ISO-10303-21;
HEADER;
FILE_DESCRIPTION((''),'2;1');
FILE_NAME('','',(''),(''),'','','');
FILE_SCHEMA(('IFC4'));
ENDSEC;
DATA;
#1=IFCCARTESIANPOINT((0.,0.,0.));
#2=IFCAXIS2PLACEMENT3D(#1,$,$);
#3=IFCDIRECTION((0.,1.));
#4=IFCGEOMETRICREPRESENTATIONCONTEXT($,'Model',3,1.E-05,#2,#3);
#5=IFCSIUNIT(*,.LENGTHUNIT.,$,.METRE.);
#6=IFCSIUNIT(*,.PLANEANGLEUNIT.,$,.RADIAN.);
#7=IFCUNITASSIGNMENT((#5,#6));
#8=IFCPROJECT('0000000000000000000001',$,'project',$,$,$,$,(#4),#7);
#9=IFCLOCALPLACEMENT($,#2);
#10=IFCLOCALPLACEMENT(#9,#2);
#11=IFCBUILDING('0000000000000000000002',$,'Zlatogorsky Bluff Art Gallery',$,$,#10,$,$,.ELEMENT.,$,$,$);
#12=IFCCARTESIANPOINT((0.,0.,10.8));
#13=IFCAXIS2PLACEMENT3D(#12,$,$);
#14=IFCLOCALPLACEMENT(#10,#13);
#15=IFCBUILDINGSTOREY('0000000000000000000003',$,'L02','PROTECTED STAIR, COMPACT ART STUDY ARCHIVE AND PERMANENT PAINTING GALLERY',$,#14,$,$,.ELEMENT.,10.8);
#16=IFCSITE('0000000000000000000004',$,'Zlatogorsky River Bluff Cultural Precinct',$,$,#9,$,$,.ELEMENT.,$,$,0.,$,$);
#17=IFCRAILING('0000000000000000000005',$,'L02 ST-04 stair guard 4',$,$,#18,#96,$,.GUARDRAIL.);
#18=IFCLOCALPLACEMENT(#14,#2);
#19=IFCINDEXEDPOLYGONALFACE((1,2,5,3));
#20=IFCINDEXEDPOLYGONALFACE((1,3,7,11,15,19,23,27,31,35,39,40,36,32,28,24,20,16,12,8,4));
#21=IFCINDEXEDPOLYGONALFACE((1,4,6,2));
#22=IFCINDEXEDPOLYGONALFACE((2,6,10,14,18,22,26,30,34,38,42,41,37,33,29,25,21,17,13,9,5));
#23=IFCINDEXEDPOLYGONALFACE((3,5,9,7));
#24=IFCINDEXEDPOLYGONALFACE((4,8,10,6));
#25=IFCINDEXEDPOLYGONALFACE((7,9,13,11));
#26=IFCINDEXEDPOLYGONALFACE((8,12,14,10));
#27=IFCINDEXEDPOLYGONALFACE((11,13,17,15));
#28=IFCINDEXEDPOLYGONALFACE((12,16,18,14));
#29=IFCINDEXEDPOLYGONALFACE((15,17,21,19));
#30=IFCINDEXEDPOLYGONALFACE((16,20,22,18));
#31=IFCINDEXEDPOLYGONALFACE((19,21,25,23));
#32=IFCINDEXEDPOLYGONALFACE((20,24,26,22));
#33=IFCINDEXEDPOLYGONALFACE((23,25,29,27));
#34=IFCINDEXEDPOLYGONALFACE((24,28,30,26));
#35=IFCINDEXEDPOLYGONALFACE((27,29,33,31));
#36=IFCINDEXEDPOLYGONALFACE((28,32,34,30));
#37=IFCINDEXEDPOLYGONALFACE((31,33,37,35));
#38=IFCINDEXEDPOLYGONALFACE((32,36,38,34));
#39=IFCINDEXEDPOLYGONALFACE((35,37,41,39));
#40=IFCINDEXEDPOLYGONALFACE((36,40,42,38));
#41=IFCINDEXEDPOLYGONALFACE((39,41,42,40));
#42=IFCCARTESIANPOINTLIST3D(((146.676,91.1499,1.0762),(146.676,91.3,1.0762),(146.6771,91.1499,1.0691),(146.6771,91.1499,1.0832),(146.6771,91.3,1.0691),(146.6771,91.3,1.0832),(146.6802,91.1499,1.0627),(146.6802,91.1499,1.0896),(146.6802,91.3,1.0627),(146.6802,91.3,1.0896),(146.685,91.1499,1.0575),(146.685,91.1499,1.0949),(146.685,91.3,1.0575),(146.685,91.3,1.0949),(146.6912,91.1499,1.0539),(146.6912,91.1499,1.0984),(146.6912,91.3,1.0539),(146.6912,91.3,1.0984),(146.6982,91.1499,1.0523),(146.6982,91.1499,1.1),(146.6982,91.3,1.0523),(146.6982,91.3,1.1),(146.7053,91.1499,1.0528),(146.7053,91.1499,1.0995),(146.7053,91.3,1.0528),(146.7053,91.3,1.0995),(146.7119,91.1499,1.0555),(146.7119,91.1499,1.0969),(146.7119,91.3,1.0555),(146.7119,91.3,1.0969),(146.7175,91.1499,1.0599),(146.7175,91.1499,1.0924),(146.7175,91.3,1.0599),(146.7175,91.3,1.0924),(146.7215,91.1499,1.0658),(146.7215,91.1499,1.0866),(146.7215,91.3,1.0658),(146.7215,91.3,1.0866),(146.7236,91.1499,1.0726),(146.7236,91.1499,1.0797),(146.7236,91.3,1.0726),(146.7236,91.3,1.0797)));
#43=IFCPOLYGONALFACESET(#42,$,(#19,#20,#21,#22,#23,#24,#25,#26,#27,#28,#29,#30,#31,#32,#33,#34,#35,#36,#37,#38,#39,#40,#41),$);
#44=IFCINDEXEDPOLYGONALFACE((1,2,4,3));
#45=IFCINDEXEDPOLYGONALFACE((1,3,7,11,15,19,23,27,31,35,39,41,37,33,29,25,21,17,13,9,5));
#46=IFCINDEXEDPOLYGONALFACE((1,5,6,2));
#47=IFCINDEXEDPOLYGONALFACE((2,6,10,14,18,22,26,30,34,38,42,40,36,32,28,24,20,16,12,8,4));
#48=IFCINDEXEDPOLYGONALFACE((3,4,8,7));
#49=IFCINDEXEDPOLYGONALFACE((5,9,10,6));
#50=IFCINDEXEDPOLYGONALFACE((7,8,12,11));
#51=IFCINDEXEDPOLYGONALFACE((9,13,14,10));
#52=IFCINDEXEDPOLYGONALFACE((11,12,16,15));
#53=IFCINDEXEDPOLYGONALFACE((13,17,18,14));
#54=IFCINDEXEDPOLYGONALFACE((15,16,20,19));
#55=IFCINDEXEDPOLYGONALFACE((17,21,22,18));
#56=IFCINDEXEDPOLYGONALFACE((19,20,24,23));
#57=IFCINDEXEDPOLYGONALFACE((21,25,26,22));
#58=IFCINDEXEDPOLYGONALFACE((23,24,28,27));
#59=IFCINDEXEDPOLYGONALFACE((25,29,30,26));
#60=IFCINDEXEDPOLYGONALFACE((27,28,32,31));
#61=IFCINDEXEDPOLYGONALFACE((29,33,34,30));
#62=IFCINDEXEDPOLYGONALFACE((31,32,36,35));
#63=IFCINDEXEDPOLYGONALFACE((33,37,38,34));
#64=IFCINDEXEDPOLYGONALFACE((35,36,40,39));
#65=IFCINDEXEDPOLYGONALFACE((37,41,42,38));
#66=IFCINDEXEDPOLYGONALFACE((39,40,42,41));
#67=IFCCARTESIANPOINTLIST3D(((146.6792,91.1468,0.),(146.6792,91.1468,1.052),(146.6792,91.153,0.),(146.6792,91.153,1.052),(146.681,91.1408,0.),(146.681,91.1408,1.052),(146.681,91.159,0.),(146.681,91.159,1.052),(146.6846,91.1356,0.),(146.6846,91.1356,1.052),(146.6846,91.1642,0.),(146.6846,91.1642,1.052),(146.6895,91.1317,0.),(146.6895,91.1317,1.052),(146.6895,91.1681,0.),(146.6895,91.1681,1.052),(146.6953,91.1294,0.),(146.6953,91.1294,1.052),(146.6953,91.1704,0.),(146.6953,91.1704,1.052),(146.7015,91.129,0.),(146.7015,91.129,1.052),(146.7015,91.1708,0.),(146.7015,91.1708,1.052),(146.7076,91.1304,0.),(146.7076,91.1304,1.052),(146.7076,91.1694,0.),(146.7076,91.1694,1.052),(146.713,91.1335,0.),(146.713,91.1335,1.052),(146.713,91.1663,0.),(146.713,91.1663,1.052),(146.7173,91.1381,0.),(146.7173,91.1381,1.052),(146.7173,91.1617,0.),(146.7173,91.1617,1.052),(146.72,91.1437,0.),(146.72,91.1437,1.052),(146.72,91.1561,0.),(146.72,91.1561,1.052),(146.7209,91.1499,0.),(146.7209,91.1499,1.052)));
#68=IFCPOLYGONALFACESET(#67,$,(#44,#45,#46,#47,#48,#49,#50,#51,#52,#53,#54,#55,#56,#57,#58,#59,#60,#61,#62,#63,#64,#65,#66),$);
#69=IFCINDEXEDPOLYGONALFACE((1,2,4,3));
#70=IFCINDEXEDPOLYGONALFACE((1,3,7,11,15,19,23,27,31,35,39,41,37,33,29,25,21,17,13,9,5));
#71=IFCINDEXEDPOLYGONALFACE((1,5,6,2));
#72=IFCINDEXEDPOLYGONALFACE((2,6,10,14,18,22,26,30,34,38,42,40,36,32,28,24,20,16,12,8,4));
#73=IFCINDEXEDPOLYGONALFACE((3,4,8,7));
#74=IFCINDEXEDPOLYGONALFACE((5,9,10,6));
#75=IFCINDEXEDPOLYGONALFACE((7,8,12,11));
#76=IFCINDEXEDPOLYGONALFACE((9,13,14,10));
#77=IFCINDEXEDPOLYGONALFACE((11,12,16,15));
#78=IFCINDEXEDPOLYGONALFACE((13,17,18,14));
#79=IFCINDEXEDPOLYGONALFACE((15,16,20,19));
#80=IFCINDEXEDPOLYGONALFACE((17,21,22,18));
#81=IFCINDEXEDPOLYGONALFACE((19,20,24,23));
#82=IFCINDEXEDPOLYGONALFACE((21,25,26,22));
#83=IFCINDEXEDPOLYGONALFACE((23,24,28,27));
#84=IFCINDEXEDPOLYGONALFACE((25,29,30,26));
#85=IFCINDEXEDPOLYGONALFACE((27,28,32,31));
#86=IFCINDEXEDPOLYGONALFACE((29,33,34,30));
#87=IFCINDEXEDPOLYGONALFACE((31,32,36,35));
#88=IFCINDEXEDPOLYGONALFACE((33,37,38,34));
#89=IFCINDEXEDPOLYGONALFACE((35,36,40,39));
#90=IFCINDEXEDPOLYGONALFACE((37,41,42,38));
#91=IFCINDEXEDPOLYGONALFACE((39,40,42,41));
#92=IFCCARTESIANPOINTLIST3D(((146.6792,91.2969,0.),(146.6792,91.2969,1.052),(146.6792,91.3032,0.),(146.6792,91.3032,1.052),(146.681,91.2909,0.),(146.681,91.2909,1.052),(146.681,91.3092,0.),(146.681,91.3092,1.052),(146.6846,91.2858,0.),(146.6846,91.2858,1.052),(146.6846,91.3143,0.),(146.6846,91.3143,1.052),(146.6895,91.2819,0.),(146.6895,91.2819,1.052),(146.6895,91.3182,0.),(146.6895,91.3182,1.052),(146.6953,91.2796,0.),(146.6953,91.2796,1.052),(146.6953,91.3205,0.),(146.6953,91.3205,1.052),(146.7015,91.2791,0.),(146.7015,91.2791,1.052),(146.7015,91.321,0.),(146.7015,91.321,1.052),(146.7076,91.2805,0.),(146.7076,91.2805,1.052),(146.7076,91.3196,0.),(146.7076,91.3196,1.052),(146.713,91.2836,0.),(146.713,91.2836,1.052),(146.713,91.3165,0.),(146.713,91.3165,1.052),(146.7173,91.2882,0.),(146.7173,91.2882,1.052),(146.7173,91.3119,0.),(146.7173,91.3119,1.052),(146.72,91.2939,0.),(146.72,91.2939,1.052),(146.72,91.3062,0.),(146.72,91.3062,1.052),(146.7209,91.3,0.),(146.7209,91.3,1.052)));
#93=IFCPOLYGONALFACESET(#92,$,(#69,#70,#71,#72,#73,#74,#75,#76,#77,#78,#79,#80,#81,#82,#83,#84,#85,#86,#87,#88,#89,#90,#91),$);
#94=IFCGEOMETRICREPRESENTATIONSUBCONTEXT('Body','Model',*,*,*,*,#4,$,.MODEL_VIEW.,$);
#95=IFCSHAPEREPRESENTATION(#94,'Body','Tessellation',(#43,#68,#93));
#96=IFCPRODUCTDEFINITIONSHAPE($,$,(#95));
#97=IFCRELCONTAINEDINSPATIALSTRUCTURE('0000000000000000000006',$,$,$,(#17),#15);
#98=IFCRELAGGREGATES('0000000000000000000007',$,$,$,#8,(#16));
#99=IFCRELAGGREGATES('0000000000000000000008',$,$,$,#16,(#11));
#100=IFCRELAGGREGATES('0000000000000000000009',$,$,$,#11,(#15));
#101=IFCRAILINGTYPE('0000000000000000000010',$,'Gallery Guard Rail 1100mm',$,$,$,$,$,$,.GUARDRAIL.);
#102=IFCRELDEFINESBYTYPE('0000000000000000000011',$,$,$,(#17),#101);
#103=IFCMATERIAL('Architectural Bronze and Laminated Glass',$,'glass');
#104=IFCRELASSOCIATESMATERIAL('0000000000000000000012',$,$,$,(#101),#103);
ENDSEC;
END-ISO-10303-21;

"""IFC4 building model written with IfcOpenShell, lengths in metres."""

from ifc_helpers import new_model, si_unit, direction, frame, origin, origin_2d, place, context, subcontext, project, spatial, circle, extrude, material, type_object, element, save


model = new_model("IFC4")

# Units and contexts
model_context = context("Model", 3, precision=1e-05, world=origin(), true_north=direction((0.0, 1.0)))
body_context = subcontext(model_context, "Body", "Model", "MODEL_VIEW")
ifc_project = project(units=[si_unit("LENGTHUNIT", "METRE"), si_unit("PLANEANGLEUNIT", "RADIAN")], contexts=[model_context])

# Site, building, storey
site_placement = place(None, origin())
site = spatial("IfcSite", under=ifc_project, at=site_placement, Name="Zlatogorsky River Bluff Cultural Precinct", CompositionType="ELEMENT", RefElevation=0.0)
building_placement = place(site_placement, origin())
building = spatial("IfcBuilding", under=site, at=building_placement, Name="Zlatogorsky Bluff Art Gallery", CompositionType="ELEMENT")
storey_placement = place(building_placement, frame((0.0, 0.0, 10.8)))
storey = spatial("IfcBuildingStorey", under=building, at=storey_placement, Name="L02", Description="PROTECTED STAIR, COMPACT ART STUDY ARCHIVE AND PERMANENT PAINTING GALLERY", CompositionType="ELEMENT", Elevation=10.8)

# Railing
ifc_material_1 = material(Name="Architectural Bronze and Laminated Glass", Category="glass")
railing_type_1 = type_object("IfcRailingType", Name="Gallery Guard Rail 1100mm", PredefinedType="GUARDRAIL", material=ifc_material_1)
railing_1_placement = place(storey_placement, frame((146.7, 91.1499, 0.0)))
element("IfcRailing", 1, at=railing_1_placement, inside=storey, type_object=railing_type_1, Name="L02 ST-04 stair guard 4", PredefinedType="GUARDRAIL", context=body_context, shape_type="SweptSolid", body=[
    extrude(circle(Radius=0.0239, at=origin_2d()), frame((0.0, 0.0, 1.0762), z_axis=(0.0, 1.0, 0.0), x_axis=(-1.0, 0.0, 0.0)), (0.0, 0.0, 1.0), 0.1501),
    extrude(circle(Radius=0.021, at=origin_2d()), origin(), (0.0, 0.0, 1.0), 1.052),
    extrude(circle(Radius=0.021, at=origin_2d()), frame((0.0, 0.1501, 0.0)), (0.0, 0.0, 1.0), 1.052),
])

save(model, "model.ifc")
